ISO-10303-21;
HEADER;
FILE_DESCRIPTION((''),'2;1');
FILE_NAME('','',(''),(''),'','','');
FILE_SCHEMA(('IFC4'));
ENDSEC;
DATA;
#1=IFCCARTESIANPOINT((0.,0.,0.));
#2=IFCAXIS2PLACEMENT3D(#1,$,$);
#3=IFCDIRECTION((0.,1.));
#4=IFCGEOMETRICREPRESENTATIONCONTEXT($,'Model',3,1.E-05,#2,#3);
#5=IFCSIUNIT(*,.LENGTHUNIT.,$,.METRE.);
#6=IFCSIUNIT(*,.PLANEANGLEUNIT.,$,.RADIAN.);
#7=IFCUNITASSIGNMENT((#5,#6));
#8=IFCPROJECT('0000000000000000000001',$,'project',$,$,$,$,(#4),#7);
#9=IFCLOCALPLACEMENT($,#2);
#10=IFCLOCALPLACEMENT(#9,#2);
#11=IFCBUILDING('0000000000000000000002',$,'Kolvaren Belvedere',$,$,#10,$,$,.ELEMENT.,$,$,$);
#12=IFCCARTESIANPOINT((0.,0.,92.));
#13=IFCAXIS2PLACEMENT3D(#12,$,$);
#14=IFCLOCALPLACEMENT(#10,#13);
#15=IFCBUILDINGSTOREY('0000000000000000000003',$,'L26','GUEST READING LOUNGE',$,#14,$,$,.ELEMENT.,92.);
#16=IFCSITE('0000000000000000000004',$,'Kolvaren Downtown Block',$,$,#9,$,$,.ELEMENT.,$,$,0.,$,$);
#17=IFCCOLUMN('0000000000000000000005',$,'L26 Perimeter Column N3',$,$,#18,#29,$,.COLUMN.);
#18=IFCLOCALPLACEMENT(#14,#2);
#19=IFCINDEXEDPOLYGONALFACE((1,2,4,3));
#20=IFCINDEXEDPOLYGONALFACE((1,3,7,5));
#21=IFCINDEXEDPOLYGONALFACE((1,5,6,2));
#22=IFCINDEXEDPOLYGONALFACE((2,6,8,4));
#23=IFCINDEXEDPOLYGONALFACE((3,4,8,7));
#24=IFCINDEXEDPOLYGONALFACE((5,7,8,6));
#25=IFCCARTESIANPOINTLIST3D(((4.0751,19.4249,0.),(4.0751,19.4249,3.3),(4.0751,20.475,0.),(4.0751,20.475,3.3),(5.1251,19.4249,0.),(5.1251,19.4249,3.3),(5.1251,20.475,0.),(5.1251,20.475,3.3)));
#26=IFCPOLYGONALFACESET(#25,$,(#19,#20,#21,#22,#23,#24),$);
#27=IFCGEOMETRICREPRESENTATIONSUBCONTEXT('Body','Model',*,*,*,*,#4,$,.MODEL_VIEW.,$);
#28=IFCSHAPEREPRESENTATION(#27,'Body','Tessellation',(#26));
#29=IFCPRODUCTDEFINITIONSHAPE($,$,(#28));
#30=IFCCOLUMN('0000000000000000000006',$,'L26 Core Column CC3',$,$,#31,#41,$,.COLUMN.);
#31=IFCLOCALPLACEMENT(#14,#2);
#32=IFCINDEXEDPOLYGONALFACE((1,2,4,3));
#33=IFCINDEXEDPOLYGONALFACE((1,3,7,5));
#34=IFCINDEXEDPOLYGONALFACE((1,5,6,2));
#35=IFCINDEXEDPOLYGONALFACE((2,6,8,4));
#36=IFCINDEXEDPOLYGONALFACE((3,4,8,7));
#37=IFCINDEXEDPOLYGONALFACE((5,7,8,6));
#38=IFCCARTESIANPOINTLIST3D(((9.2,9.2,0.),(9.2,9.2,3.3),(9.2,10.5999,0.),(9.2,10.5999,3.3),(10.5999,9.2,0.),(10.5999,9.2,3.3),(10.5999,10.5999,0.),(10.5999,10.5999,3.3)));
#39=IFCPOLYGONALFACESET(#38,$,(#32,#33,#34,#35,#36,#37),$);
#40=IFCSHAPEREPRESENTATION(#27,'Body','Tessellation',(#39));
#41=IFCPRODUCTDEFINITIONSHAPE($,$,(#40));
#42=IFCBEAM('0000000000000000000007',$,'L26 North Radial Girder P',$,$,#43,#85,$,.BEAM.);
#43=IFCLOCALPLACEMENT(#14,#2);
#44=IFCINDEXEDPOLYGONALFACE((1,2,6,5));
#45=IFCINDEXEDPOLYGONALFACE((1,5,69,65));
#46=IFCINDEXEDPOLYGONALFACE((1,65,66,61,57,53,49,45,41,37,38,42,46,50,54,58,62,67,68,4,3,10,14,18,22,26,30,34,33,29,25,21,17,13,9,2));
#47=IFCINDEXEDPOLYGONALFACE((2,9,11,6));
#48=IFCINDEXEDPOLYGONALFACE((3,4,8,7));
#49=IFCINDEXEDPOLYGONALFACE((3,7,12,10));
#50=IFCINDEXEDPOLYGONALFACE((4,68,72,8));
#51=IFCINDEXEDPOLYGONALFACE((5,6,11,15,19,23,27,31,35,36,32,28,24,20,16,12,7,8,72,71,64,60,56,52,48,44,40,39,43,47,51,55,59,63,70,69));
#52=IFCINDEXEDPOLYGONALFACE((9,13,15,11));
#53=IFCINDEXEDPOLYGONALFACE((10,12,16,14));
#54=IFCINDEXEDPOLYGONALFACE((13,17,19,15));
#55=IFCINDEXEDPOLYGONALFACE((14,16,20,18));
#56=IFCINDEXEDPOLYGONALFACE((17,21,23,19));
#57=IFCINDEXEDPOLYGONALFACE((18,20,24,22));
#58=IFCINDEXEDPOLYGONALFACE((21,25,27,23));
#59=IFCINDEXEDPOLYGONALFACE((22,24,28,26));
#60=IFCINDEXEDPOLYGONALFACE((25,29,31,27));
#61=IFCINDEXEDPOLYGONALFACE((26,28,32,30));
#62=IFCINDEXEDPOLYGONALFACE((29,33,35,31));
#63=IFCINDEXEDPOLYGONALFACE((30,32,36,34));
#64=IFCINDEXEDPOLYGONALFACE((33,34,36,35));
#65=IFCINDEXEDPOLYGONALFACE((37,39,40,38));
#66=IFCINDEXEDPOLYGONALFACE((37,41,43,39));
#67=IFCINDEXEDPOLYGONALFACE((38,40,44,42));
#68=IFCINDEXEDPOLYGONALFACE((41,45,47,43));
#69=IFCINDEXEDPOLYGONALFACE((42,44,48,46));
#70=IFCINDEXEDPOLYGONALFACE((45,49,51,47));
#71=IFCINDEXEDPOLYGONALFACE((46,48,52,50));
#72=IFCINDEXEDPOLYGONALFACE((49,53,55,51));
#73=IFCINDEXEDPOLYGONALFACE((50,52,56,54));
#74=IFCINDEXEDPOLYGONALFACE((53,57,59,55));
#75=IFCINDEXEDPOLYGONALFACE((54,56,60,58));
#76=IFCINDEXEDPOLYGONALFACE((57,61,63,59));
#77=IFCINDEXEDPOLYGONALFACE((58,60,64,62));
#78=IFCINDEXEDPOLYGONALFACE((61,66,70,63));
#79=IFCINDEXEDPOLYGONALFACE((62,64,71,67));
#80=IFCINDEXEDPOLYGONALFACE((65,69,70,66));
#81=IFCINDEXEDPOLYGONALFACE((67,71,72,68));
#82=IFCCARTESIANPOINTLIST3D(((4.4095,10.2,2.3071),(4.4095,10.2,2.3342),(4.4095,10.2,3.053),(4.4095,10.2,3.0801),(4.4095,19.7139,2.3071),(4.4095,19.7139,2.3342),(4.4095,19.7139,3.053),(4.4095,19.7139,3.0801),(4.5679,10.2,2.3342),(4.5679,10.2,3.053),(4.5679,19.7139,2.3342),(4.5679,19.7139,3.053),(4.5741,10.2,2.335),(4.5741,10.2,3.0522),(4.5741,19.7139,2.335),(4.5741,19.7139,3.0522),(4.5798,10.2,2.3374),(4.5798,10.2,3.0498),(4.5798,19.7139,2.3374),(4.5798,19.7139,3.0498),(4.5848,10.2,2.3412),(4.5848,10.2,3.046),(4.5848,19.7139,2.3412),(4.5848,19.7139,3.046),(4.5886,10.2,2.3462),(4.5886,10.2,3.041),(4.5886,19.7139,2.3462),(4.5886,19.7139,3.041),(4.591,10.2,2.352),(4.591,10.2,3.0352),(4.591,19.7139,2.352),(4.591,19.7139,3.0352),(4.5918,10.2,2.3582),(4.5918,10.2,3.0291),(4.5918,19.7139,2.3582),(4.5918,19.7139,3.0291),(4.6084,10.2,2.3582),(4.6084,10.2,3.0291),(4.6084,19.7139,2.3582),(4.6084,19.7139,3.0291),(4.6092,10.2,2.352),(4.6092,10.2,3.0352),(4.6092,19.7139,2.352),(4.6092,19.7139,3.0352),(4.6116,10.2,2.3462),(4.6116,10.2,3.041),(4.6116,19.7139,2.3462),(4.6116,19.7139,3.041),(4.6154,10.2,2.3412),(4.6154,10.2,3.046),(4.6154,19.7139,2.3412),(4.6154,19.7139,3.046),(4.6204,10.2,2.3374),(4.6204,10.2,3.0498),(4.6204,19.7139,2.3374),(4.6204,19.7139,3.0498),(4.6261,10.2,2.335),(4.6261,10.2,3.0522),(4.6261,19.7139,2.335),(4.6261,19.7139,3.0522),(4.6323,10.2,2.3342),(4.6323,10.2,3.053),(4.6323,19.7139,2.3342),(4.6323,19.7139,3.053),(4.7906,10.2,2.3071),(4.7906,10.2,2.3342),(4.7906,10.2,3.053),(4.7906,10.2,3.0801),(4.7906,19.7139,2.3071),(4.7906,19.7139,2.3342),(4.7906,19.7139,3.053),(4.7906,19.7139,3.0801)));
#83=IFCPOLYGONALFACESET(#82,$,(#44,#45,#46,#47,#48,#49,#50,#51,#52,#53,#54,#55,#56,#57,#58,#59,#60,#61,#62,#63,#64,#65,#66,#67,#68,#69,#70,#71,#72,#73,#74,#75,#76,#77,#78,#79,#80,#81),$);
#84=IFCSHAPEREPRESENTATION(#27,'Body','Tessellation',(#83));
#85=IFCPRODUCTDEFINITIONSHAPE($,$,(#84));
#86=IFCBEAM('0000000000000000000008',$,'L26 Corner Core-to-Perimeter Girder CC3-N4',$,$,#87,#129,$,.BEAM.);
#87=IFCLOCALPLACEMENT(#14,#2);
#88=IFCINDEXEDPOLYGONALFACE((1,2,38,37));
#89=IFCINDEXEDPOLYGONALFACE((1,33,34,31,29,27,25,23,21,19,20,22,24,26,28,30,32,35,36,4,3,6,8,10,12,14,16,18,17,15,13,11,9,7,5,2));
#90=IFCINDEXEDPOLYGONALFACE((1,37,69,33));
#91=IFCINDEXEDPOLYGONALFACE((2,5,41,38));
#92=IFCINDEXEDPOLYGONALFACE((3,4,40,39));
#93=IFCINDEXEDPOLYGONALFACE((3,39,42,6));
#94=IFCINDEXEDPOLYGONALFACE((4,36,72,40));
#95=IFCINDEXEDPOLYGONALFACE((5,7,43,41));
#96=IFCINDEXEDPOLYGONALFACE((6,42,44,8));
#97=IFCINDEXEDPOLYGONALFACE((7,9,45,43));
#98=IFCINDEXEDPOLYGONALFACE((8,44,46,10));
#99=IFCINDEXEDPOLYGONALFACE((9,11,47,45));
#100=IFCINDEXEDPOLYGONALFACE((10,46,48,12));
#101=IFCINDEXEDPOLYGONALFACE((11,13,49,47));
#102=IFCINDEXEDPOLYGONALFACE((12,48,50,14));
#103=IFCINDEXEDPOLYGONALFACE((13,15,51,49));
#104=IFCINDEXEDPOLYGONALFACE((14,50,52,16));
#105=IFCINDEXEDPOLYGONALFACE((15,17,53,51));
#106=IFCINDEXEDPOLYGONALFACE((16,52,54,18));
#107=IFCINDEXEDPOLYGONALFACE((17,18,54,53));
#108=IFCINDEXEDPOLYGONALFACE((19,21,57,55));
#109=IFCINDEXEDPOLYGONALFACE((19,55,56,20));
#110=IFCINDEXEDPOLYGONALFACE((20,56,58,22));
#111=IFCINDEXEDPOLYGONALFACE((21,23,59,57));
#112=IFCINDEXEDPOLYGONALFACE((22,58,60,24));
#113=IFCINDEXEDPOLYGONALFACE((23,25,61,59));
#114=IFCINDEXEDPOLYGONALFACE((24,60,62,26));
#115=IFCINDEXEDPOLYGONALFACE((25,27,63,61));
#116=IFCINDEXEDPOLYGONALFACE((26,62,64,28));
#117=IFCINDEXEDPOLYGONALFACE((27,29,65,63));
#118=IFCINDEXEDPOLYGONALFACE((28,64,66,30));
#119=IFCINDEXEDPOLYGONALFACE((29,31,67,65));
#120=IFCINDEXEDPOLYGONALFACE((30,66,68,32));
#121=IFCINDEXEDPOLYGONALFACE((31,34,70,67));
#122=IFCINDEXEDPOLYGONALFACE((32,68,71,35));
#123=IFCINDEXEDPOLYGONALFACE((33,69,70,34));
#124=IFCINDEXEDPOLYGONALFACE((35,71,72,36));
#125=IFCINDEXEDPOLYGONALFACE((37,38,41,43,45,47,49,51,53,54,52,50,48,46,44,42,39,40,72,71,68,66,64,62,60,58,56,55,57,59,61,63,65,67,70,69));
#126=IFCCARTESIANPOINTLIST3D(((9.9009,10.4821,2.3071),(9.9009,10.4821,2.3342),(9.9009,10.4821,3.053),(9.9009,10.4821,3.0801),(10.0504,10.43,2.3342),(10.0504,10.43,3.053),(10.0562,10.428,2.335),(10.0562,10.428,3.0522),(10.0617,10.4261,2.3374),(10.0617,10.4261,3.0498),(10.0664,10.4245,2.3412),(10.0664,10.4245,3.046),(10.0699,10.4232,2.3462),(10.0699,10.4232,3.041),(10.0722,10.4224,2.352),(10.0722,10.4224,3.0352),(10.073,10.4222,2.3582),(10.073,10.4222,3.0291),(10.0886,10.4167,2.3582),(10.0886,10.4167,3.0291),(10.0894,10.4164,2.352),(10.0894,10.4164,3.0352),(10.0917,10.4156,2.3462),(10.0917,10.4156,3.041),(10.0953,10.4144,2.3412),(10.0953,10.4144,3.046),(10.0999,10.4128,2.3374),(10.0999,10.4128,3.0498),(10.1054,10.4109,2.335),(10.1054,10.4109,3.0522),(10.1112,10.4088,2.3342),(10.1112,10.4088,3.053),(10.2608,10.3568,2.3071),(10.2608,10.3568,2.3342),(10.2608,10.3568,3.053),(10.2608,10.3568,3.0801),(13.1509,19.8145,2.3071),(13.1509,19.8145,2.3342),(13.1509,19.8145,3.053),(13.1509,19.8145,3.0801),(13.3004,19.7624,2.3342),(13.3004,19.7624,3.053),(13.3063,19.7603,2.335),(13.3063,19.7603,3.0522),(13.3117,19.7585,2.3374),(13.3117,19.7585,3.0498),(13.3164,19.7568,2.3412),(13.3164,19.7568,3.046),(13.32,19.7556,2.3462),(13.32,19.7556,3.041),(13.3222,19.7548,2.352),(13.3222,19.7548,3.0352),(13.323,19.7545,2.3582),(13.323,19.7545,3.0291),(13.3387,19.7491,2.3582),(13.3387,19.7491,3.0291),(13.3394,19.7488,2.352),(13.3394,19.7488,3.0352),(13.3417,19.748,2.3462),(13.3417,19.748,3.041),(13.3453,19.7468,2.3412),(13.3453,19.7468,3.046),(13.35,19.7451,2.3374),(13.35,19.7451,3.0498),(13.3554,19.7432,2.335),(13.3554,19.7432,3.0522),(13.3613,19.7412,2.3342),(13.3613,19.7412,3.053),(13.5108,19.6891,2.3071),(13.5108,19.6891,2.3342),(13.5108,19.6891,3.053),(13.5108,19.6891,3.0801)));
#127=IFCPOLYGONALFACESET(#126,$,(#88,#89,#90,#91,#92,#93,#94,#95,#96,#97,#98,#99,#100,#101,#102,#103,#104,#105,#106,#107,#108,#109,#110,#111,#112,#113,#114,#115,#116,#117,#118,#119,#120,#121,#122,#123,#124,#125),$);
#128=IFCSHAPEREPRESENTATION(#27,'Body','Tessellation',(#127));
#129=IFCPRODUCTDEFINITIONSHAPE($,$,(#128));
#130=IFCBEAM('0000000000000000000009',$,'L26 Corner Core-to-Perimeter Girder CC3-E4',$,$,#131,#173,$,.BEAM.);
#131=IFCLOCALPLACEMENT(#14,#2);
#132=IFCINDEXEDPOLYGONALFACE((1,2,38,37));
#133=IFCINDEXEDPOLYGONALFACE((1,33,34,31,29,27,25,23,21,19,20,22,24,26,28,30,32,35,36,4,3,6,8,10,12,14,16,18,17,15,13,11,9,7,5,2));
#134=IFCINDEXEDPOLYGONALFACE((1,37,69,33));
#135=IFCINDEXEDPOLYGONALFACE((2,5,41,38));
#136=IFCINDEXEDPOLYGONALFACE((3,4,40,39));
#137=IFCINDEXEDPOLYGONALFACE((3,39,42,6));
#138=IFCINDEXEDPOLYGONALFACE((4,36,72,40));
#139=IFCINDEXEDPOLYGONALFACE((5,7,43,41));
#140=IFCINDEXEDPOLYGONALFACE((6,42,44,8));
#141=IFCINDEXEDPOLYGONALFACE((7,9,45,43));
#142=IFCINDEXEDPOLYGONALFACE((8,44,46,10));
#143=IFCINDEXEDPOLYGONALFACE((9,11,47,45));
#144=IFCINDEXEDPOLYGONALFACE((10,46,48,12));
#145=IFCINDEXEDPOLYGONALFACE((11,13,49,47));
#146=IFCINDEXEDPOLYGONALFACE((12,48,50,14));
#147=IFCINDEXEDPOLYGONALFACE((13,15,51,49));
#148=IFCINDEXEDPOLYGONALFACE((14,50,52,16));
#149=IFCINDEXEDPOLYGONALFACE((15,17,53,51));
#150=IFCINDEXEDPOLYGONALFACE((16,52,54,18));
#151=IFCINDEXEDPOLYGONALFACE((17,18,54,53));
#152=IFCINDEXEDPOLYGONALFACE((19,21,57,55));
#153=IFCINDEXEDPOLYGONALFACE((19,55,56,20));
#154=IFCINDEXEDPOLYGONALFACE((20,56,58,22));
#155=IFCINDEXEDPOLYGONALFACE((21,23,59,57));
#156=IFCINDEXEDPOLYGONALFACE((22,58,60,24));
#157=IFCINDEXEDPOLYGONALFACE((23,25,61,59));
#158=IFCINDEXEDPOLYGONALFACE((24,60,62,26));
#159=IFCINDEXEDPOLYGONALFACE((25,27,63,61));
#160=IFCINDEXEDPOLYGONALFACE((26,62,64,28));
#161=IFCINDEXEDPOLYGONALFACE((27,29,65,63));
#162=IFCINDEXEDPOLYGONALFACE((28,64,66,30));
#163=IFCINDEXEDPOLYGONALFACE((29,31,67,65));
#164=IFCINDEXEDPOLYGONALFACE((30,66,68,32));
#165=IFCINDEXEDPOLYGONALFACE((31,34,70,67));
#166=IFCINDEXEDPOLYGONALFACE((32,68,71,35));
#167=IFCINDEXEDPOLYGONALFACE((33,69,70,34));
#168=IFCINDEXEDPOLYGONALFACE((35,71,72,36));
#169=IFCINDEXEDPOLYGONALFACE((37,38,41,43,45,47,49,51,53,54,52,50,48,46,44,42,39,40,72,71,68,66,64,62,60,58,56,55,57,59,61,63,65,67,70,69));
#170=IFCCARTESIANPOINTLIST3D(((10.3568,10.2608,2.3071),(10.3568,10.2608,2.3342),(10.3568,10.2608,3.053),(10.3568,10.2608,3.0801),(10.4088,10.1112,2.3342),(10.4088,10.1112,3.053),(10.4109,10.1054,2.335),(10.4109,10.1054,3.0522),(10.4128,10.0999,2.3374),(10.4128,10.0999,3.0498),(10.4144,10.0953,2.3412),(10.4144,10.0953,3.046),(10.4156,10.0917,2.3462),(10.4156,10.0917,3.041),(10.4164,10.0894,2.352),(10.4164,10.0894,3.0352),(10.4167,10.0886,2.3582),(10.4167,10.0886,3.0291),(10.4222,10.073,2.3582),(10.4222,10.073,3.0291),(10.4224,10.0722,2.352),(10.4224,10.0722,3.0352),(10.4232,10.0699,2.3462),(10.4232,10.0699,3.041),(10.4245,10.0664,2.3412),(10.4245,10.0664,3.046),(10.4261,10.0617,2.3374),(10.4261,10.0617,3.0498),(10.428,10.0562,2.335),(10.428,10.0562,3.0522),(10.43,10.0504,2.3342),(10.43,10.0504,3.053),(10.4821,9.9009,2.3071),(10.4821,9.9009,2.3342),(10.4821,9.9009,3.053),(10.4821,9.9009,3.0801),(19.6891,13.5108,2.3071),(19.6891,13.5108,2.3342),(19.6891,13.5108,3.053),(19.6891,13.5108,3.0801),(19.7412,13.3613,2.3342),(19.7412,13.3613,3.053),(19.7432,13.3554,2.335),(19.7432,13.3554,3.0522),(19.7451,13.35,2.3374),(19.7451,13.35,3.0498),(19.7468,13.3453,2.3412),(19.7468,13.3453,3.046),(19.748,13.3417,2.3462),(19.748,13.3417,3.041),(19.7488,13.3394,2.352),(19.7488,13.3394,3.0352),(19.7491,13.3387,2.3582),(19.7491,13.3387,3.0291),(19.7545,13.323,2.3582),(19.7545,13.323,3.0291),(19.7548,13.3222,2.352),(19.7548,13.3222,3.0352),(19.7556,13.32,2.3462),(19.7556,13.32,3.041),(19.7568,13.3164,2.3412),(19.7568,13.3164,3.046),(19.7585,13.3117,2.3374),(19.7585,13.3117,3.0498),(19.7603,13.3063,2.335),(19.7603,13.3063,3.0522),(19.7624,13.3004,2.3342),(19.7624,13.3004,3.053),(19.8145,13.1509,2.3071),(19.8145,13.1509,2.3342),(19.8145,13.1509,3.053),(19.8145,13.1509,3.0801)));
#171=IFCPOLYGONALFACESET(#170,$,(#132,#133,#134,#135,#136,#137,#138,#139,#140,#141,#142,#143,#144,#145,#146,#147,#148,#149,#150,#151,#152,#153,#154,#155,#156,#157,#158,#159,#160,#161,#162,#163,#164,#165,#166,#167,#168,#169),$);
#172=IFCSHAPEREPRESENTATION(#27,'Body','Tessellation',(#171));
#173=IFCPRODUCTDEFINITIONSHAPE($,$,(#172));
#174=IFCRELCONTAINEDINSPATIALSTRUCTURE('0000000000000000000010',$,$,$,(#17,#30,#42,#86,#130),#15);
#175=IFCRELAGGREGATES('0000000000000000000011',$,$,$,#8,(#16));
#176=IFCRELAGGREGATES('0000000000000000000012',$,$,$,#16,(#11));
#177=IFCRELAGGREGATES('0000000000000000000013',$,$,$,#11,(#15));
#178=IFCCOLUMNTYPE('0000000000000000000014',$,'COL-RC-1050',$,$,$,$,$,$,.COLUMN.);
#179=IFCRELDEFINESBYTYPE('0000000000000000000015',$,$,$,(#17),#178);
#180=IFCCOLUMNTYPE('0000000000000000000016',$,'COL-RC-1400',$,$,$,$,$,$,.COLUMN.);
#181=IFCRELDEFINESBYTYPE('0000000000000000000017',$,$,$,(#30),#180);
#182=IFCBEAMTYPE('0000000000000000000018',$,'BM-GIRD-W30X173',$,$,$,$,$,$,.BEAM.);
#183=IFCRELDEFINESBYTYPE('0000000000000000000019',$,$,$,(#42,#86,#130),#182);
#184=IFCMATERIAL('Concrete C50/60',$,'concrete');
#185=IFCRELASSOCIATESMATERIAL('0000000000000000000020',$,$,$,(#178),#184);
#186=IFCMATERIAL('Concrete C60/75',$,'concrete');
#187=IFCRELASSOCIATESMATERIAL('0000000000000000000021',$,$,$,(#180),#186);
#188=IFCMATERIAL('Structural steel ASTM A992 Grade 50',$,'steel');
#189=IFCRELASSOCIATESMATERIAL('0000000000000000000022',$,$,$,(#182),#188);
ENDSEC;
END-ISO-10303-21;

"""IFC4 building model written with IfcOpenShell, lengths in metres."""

from ifc_helpers import new_model, si_unit, direction, frame, origin, origin_2d, place, context, subcontext, project, spatial, rectangle, i_section, extrude, material, material_profile, profile_set, type_object, element, save


model = new_model("IFC4")

# Units and contexts
model_context = context("Model", 3, precision=1e-05, world=origin(), true_north=direction((0.0, 1.0)))
body_context = subcontext(model_context, "Body", "Model", "MODEL_VIEW")
ifc_project = project(units=[si_unit("LENGTHUNIT", "METRE"), si_unit("PLANEANGLEUNIT", "RADIAN")], contexts=[model_context])

# Site, building, storey
site_placement = place(None, origin())
site = spatial("IfcSite", under=ifc_project, at=site_placement, Name="Kolvaren Downtown Block", CompositionType="ELEMENT", RefElevation=0.0)
building_placement = place(site_placement, origin())
building = spatial("IfcBuilding", under=site, at=building_placement, Name="Kolvaren Belvedere", CompositionType="ELEMENT")
storey_placement = place(building_placement, frame((0.0, 0.0, 92.0)))
storey = spatial("IfcBuildingStorey", under=building, at=storey_placement, Name="L26", Description="GUEST READING LOUNGE", CompositionType="ELEMENT", Elevation=92.0)

# Columns
ifc_material_1 = material(Name="Concrete C50/60", Category="concrete")
ifc_material_profile_1 = material_profile(ifc_material_1, rectangle(XDim=1.05, YDim=1.05, at=origin_2d()), Name="RC 1050X1050")
ifc_profile_set_1 = profile_set([ifc_material_profile_1], Name="Concrete C50/60")
column_type_1 = type_object("IfcColumnType", Name="COL-RC-1050", PredefinedType="COLUMN", material=ifc_profile_set_1)
column_1_placement = place(storey_placement, frame((4.6001, 19.95, 0.0), z_axis=(0.0, 0.0, 1.0), x_axis=(1.0, 0.0, 0.0)))
element("IfcColumn", 1, at=column_1_placement, inside=storey, type_object=column_type_1, Name="L26 Perimeter Column N3", PredefinedType="COLUMN", context=body_context, shape_type="SweptSolid", body=[
    extrude(rectangle(XDim=1.05, YDim=1.05, at=origin_2d()), origin(), (0.0, 0.0, 1.0), 3.3),
])
ifc_material_2 = material(Name="Concrete C60/75", Category="concrete")
ifc_material_profile_2 = material_profile(ifc_material_2, rectangle(XDim=1.3999, YDim=1.3999, at=origin_2d()), Name="RC 1400X1400")
ifc_profile_set_2 = profile_set([ifc_material_profile_2], Name="Concrete C60/75")
column_type_2 = type_object("IfcColumnType", Name="COL-RC-1400", PredefinedType="COLUMN", material=ifc_profile_set_2)
column_2_placement = place(storey_placement, frame((9.8999, 9.8999, 0.0), z_axis=(0.0, 0.0, 1.0), x_axis=(1.0, 0.0, 0.0)))
element("IfcColumn", 2, at=column_2_placement, inside=storey, type_object=column_type_2, Name="L26 Core Column CC3", PredefinedType="COLUMN", context=body_context, shape_type="SweptSolid", body=[
    extrude(rectangle(XDim=1.3999, YDim=1.3999, at=origin_2d()), origin(), (0.0, 0.0, 1.0), 3.3),
])

# Beams
ifc_material_3 = material(Name="Structural steel ASTM A992 Grade 50", Category="steel")
ifc_material_profile_3 = material_profile(ifc_material_3, i_section(OverallWidth=0.3811, OverallDepth=0.7729, WebThickness=0.0166, FlangeThickness=0.0271, FilletRadius=0.0239, at=origin_2d()), Name="W30X173")
ifc_profile_set_3 = profile_set([ifc_material_profile_3], Name="Structural steel ASTM A992 Grade 50")
beam_type_1 = type_object("IfcBeamType", Name="BM-GIRD-W30X173", PredefinedType="BEAM", material=ifc_profile_set_3)
beam_1_placement = place(storey_placement, frame((4.6001, 10.2, 2.6936), z_axis=(0.0, 1.0, 0.0), x_axis=(-1.0, 0.0, 0.0)))
element("IfcBeam", 3, at=beam_1_placement, inside=storey, type_object=beam_type_1, Name="L26 North Radial Girder P", PredefinedType="BEAM", context=body_context, shape_type="SweptSolid", body=[
    extrude(i_section(OverallWidth=0.3811, OverallDepth=0.7729, WebThickness=0.0166, FlangeThickness=0.0271, FilletRadius=0.0239, at=origin_2d()), origin(), (0.0, 0.0, 1.0), 9.5139),
])
for number, where, z_axis, x_axis, name in (
    (4, (10.0808, 10.4194, 2.6936), (0.328881, 0.944371, 0.0), (-0.944371, 0.328881, 0.0), "L26 Corner Core-to-Perimeter Girder CC3-N4"),
    (5, (10.4194, 10.0808, 2.6936), (0.944371, 0.328881, 0.0), (-0.328881, 0.944371, 0.0), "L26 Corner Core-to-Perimeter Girder CC3-E4"),
):
    element("IfcBeam", number, at=place(storey_placement, frame(where, z_axis=z_axis, x_axis=x_axis)), inside=storey, type_object=beam_type_1, Name=name, PredefinedType="BEAM", context=body_context, shape_type="SweptSolid", body=[
        extrude(i_section(OverallWidth=0.3811, OverallDepth=0.7729, WebThickness=0.0166, FlangeThickness=0.0271, FilletRadius=0.0239, at=origin_2d()), origin(), (0.0, 0.0, 1.0), 9.8821),
    ])

save(model, "model.ifc")
